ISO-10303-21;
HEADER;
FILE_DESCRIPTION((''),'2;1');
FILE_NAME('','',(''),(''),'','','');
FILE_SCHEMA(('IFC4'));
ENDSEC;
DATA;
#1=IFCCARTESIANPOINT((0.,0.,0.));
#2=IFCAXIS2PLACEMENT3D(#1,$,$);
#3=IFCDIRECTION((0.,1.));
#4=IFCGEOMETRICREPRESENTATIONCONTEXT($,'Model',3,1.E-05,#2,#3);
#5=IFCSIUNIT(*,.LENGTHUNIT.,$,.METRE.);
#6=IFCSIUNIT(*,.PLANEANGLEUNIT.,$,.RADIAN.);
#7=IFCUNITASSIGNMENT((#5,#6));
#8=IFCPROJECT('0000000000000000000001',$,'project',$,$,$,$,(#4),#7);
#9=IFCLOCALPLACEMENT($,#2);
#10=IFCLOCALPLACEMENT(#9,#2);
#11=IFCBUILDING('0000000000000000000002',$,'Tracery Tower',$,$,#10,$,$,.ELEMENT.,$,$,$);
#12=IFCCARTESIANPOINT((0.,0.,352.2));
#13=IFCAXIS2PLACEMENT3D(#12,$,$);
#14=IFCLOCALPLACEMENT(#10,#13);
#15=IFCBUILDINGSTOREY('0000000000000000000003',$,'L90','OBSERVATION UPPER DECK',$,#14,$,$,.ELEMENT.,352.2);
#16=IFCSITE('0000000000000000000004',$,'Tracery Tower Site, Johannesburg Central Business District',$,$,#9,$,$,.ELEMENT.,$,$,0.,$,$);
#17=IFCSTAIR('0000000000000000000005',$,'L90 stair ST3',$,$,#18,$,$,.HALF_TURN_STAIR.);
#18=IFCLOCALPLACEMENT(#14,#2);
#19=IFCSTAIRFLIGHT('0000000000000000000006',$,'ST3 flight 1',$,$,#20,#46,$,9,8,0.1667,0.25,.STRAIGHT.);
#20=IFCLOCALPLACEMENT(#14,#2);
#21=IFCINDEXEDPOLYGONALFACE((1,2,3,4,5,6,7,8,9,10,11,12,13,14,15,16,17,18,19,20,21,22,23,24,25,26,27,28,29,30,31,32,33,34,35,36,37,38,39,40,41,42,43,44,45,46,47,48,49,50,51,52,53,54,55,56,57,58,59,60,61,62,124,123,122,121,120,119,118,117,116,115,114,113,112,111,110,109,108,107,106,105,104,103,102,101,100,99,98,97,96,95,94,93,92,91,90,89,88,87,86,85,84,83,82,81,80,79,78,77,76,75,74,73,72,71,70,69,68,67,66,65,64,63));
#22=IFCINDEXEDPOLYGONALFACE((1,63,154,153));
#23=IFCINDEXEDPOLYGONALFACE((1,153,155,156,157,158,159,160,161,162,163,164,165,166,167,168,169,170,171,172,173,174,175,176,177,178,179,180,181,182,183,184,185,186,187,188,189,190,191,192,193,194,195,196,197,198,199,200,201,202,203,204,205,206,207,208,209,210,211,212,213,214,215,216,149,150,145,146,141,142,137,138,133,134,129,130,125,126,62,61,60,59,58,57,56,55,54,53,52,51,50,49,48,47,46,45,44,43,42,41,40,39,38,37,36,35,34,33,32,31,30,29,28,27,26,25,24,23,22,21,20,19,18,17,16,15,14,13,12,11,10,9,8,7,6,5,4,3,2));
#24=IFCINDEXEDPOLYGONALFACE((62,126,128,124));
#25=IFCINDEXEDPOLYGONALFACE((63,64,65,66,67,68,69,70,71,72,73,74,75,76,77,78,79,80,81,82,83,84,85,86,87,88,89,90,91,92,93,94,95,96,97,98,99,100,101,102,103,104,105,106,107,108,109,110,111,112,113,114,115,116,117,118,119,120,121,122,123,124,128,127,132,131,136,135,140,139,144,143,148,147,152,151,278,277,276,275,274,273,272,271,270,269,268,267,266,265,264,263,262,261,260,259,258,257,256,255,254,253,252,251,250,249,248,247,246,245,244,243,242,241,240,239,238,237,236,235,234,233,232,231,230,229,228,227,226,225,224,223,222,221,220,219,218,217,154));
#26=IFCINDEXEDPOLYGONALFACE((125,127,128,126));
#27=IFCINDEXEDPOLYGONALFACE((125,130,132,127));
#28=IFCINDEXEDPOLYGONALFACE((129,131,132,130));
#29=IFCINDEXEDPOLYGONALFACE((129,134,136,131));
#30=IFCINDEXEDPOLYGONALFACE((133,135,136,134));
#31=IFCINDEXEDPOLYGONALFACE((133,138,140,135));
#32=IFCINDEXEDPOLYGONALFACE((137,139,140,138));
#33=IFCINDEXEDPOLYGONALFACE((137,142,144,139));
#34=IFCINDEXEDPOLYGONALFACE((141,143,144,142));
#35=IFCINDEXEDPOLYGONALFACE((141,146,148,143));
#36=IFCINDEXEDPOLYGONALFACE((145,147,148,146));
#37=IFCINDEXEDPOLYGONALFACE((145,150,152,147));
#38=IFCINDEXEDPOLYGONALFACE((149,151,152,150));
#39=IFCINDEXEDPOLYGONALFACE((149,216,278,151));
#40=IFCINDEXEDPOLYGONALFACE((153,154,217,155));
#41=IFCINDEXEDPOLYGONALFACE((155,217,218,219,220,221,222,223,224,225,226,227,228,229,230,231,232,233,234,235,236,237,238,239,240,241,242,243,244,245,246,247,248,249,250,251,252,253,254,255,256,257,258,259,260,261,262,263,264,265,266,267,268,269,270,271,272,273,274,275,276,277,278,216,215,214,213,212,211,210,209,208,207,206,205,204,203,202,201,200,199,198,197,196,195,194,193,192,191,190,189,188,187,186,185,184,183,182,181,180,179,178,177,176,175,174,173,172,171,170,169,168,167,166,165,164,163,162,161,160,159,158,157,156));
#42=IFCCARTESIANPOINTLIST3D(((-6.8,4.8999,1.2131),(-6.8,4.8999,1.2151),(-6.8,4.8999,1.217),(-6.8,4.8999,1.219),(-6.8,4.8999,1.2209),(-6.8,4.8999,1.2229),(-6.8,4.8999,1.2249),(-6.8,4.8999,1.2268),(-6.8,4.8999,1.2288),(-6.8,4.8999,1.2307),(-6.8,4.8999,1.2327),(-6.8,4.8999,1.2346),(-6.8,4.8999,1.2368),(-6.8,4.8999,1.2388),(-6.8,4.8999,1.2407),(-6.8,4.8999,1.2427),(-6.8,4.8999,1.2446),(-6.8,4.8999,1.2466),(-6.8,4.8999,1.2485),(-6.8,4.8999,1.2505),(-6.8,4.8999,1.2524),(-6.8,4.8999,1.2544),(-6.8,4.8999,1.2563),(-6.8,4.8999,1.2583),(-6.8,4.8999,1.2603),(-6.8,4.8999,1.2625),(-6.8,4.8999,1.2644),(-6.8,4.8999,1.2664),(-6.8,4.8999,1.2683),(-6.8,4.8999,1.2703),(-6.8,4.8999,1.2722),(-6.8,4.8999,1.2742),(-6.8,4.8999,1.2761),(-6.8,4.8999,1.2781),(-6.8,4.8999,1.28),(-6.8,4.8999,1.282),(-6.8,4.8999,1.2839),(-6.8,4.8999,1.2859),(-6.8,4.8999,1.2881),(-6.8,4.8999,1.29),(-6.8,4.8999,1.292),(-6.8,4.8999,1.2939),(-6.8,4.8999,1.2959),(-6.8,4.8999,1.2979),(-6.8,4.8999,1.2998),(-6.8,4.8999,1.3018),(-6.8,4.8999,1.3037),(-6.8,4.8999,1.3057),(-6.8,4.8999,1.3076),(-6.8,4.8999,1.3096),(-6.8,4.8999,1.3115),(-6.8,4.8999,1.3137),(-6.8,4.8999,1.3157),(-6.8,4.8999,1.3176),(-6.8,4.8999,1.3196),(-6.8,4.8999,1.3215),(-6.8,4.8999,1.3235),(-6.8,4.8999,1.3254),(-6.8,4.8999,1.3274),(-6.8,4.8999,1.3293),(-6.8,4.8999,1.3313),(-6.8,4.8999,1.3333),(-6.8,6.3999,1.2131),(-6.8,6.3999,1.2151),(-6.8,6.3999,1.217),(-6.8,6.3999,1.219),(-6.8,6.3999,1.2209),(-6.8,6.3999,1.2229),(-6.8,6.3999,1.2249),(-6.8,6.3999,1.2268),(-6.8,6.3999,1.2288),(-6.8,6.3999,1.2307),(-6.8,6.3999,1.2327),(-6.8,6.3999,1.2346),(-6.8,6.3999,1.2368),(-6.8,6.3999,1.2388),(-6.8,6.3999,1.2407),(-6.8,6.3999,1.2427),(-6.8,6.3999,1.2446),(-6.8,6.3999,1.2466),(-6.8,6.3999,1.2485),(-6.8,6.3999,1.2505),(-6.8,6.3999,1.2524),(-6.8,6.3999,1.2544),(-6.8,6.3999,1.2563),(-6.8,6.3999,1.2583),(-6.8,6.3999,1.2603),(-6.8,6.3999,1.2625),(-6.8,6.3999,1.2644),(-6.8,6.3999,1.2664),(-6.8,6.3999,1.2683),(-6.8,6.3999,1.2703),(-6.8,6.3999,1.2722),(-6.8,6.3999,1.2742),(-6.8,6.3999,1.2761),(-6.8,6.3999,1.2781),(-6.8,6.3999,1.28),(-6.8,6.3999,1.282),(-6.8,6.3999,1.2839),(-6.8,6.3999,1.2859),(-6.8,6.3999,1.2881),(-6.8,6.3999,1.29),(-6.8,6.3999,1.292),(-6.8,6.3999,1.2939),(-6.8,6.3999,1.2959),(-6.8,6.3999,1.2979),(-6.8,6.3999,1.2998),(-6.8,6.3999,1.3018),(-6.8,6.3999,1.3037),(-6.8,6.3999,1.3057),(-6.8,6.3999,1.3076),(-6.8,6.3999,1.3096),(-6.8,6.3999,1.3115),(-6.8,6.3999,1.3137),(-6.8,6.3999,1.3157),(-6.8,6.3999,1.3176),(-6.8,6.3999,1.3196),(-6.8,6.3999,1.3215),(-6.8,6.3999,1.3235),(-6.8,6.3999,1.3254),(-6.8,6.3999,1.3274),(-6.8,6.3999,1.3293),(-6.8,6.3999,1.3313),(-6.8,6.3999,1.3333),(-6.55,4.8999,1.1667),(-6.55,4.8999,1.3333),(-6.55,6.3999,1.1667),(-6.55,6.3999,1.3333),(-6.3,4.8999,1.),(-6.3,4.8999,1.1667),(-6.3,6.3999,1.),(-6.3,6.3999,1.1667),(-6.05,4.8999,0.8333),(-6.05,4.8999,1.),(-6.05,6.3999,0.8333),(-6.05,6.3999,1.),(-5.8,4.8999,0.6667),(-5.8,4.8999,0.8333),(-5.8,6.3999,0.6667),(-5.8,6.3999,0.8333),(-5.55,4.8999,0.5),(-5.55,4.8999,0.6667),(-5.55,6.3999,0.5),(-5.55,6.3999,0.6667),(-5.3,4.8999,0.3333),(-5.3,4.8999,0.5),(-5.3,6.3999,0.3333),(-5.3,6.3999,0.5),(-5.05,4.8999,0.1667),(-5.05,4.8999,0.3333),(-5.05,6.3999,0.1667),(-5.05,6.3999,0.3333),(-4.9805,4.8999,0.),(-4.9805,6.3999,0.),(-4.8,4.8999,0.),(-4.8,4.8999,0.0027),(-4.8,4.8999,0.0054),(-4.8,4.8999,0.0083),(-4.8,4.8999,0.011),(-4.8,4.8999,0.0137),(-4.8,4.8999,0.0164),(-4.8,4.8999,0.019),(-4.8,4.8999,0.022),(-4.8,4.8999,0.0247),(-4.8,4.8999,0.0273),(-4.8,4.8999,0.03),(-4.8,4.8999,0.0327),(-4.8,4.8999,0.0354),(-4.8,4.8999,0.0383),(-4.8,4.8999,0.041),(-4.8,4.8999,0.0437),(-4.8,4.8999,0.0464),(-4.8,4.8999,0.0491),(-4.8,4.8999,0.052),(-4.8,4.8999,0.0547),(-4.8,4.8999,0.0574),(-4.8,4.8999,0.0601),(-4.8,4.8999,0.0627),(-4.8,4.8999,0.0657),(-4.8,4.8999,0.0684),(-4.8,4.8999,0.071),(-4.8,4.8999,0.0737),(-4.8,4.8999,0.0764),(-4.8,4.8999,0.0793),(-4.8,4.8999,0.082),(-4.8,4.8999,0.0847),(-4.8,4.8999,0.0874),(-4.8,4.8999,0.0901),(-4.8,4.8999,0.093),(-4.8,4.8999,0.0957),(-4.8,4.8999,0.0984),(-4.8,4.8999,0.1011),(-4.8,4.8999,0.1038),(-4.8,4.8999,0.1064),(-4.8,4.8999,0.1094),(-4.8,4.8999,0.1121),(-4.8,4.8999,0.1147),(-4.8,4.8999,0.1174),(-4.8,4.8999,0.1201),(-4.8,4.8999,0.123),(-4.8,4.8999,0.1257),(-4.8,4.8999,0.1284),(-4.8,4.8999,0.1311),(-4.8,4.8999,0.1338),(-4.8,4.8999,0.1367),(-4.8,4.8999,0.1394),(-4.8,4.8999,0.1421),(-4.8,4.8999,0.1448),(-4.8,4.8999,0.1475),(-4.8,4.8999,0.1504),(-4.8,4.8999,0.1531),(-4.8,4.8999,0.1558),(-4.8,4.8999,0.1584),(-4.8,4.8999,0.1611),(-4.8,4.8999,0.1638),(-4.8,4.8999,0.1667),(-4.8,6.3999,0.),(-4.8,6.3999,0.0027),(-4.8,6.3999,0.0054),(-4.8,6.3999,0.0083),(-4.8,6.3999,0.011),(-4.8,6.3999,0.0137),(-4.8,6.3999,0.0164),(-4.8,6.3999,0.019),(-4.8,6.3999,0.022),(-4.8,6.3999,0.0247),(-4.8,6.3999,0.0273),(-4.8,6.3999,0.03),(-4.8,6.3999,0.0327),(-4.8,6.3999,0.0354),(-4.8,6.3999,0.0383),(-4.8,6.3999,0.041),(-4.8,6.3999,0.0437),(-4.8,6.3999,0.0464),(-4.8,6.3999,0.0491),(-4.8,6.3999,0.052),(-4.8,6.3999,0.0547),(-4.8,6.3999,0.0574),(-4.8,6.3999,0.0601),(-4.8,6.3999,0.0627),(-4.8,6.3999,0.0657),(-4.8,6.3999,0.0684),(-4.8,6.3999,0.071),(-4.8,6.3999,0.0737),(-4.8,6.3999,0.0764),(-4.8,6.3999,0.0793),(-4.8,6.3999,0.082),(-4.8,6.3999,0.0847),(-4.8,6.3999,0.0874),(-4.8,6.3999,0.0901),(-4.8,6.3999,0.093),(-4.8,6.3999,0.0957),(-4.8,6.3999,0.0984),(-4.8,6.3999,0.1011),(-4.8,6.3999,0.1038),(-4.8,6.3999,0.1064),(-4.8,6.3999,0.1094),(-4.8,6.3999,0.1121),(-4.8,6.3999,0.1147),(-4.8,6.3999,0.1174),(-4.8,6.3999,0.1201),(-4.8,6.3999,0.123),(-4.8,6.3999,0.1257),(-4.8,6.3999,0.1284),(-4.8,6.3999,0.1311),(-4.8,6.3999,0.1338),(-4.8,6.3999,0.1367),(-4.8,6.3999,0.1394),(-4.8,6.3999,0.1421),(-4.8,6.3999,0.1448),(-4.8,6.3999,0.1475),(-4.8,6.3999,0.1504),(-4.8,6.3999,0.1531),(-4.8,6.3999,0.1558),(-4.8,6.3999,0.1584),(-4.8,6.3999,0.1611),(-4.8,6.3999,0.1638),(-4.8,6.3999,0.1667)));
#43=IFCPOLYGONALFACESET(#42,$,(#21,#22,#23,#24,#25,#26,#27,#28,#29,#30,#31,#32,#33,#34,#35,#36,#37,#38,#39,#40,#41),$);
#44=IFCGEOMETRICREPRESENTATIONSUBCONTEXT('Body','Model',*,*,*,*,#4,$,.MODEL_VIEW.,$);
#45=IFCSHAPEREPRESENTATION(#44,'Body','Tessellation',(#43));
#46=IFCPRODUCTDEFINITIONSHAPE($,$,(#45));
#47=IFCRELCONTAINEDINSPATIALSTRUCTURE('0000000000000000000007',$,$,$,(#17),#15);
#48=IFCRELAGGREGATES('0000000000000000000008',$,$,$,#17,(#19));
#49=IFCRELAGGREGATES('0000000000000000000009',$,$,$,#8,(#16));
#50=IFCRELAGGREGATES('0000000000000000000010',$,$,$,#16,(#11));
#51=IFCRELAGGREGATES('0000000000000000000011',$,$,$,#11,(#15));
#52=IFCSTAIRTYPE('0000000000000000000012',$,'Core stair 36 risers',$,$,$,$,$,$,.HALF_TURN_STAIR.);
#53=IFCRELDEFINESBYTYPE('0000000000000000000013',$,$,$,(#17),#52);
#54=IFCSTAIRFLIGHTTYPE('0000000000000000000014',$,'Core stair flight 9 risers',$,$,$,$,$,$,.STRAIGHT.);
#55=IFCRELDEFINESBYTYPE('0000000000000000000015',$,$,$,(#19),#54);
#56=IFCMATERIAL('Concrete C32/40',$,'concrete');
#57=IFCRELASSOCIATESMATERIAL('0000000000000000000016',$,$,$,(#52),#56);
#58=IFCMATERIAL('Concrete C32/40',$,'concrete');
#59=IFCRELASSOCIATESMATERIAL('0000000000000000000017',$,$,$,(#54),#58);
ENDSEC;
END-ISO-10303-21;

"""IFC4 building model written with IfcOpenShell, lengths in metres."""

from ifc_helpers import new_model, si_unit, direction, frame, origin, place, context, subcontext, project, spatial, polyline, outline, extrude, material, type_object, element, aggregate, save


model = new_model("IFC4")

# Units and contexts
model_context = context("Model", 3, precision=1e-05, world=origin(), true_north=direction((0.0, 1.0)))
body_context = subcontext(model_context, "Body", "Model", "MODEL_VIEW")
ifc_project = project(units=[si_unit("LENGTHUNIT", "METRE"), si_unit("PLANEANGLEUNIT", "RADIAN")], contexts=[model_context])

# Site, building, storey
site_placement = place(None, origin())
site = spatial("IfcSite", under=ifc_project, at=site_placement, Name="Tracery Tower Site, Johannesburg Central Business District", CompositionType="ELEMENT", RefElevation=0.0)
building_placement = place(site_placement, origin())
building = spatial("IfcBuilding", under=site, at=building_placement, Name="Tracery Tower", CompositionType="ELEMENT")
storey_placement = place(building_placement, frame((0.0, 0.0, 352.2)))
storey = spatial("IfcBuildingStorey", under=building, at=storey_placement, Name="L90", Description="OBSERVATION UPPER DECK", CompositionType="ELEMENT", Elevation=352.2)

# Shared definitions
ifc_material_1 = material(Name="Concrete C32/40", Category="concrete")
stair_type = type_object("IfcStairType", Name="Core stair 36 risers", PredefinedType="HALF_TURN_STAIR", material=ifc_material_1)

# Stair, stair flight
stair_1_placement = place(storey_placement, origin())
stair_1 = element("IfcStair", 1, at=stair_1_placement, inside=storey, type_object=stair_type, Name="L90 stair ST3", PredefinedType="HALF_TURN_STAIR")
ifc_material_2 = material(Name="Concrete C32/40", Category="concrete")
stair_flight_type = type_object("IfcStairFlightType", Name="Core stair flight 9 risers", PredefinedType="STRAIGHT", material=ifc_material_2)
stair_flight_1_placement = place(storey_placement, frame((-4.8, 5.6499, 0.0), z_axis=(0.0, 0.0, 1.0), x_axis=(-1.0, 0.0, 0.0)))
stair_flight_1 = element("IfcStairFlight", 2, at=stair_flight_1_placement, type_object=stair_flight_type, Name="ST3 flight 1", NumberOfRisers=9, NumberOfTreads=8, PredefinedType="STRAIGHT", RiserHeight=0.1667, TreadLength=0.25, context=body_context, shape_type="SweptSolid", body=[
    extrude(outline(polyline([(0.0, 0.0), (0.0, 0.0027), (0.0, 0.0054), (0.0, 0.0083), (0.0, 0.011), (0.0, 0.0137), (0.0, 0.0164), (0.0, 0.019), (0.0, 0.022), (0.0, 0.0247), (0.0, 0.0273), (0.0, 0.03), (0.0, 0.0327), (0.0, 0.0354), (0.0, 0.0383), (0.0, 0.041), (0.0, 0.0437), (0.0, 0.0464), (0.0, 0.0491), (0.0, 0.052), (0.0, 0.0547), (0.0, 0.0574), (0.0, 0.0601), (0.0, 0.0627), (0.0, 0.0657), (0.0, 0.0684), (0.0, 0.071), (0.0, 0.0737), (0.0, 0.0764), (0.0, 0.0793), (0.0, 0.082), (0.0, 0.0847), (0.0, 0.0874), (0.0, 0.0901), (0.0, 0.093), (0.0, 0.0957), (0.0, 0.0984), (0.0, 0.1011), (0.0, 0.1038), (0.0, 0.1064), (0.0, 0.1094), (0.0, 0.1121), (0.0, 0.1147), (0.0, 0.1174), (0.0, 0.1201), (0.0, 0.123), (0.0, 0.1257), (0.0, 0.1284), (0.0, 0.1311), (0.0, 0.1338), (0.0, 0.1367), (0.0, 0.1394), (0.0, 0.1421), (0.0, 0.1448), (0.0, 0.1475), (0.0, 0.1504), (0.0, 0.1531), (0.0, 0.1558), (0.0, 0.1584), (0.0, 0.1611), (0.0, 0.1638), (0.0, 0.1667), (0.25, 0.1667), (0.25, 0.3333), (0.5, 0.3333), (0.5, 0.5), (0.75, 0.5), (0.75, 0.6667), (1.0, 0.6667), (1.0, 0.8333), (1.25, 0.8333), (1.25, 1.0), (1.5, 1.0), (1.5, 1.1667), (1.75, 1.1667), (1.75, 1.3333), (2.0, 1.3333), (2.0, 1.3313), (2.0, 1.3293), (2.0, 1.3274), (2.0, 1.3254), (2.0, 1.3235), (2.0, 1.3215), (2.0, 1.3196), (2.0, 1.3176), (2.0, 1.3157), (2.0, 1.3137), (2.0, 1.3115), (2.0, 1.3096), (2.0, 1.3076), (2.0, 1.3057), (2.0, 1.3037), (2.0, 1.3018), (2.0, 1.2998), (2.0, 1.2979), (2.0, 1.2959), (2.0, 1.2939), (2.0, 1.292), (2.0, 1.29), (2.0, 1.2881), (2.0, 1.2859), (2.0, 1.2839), (2.0, 1.282), (2.0, 1.28), (2.0, 1.2781), (2.0, 1.2761), (2.0, 1.2742), (2.0, 1.2722), (2.0, 1.2703), (2.0, 1.2683), (2.0, 1.2664), (2.0, 1.2644), (2.0, 1.2625), (2.0, 1.2603), (2.0, 1.2583), (2.0, 1.2563), (2.0, 1.2544), (2.0, 1.2524), (2.0, 1.2505), (2.0, 1.2485), (2.0, 1.2466), (2.0, 1.2446), (2.0, 1.2427), (2.0, 1.2407), (2.0, 1.2388), (2.0, 1.2368), (2.0, 1.2346), (2.0, 1.2327), (2.0, 1.2307), (2.0, 1.2288), (2.0, 1.2268), (2.0, 1.2249), (2.0, 1.2229), (2.0, 1.2209), (2.0, 1.219), (2.0, 1.217), (2.0, 1.2151), (2.0, 1.2131), (0.1804, 0.0), (0.0, 0.0)])), frame((0.0, 0.75, 0.0), z_axis=(0.0, -1.0, 0.0), x_axis=(1.0, 0.0, 0.0)), (0.0, 0.0, 1.0), 1.5),
])
aggregate(stair_1, [stair_flight_1])

save(model, "model.ifc")
